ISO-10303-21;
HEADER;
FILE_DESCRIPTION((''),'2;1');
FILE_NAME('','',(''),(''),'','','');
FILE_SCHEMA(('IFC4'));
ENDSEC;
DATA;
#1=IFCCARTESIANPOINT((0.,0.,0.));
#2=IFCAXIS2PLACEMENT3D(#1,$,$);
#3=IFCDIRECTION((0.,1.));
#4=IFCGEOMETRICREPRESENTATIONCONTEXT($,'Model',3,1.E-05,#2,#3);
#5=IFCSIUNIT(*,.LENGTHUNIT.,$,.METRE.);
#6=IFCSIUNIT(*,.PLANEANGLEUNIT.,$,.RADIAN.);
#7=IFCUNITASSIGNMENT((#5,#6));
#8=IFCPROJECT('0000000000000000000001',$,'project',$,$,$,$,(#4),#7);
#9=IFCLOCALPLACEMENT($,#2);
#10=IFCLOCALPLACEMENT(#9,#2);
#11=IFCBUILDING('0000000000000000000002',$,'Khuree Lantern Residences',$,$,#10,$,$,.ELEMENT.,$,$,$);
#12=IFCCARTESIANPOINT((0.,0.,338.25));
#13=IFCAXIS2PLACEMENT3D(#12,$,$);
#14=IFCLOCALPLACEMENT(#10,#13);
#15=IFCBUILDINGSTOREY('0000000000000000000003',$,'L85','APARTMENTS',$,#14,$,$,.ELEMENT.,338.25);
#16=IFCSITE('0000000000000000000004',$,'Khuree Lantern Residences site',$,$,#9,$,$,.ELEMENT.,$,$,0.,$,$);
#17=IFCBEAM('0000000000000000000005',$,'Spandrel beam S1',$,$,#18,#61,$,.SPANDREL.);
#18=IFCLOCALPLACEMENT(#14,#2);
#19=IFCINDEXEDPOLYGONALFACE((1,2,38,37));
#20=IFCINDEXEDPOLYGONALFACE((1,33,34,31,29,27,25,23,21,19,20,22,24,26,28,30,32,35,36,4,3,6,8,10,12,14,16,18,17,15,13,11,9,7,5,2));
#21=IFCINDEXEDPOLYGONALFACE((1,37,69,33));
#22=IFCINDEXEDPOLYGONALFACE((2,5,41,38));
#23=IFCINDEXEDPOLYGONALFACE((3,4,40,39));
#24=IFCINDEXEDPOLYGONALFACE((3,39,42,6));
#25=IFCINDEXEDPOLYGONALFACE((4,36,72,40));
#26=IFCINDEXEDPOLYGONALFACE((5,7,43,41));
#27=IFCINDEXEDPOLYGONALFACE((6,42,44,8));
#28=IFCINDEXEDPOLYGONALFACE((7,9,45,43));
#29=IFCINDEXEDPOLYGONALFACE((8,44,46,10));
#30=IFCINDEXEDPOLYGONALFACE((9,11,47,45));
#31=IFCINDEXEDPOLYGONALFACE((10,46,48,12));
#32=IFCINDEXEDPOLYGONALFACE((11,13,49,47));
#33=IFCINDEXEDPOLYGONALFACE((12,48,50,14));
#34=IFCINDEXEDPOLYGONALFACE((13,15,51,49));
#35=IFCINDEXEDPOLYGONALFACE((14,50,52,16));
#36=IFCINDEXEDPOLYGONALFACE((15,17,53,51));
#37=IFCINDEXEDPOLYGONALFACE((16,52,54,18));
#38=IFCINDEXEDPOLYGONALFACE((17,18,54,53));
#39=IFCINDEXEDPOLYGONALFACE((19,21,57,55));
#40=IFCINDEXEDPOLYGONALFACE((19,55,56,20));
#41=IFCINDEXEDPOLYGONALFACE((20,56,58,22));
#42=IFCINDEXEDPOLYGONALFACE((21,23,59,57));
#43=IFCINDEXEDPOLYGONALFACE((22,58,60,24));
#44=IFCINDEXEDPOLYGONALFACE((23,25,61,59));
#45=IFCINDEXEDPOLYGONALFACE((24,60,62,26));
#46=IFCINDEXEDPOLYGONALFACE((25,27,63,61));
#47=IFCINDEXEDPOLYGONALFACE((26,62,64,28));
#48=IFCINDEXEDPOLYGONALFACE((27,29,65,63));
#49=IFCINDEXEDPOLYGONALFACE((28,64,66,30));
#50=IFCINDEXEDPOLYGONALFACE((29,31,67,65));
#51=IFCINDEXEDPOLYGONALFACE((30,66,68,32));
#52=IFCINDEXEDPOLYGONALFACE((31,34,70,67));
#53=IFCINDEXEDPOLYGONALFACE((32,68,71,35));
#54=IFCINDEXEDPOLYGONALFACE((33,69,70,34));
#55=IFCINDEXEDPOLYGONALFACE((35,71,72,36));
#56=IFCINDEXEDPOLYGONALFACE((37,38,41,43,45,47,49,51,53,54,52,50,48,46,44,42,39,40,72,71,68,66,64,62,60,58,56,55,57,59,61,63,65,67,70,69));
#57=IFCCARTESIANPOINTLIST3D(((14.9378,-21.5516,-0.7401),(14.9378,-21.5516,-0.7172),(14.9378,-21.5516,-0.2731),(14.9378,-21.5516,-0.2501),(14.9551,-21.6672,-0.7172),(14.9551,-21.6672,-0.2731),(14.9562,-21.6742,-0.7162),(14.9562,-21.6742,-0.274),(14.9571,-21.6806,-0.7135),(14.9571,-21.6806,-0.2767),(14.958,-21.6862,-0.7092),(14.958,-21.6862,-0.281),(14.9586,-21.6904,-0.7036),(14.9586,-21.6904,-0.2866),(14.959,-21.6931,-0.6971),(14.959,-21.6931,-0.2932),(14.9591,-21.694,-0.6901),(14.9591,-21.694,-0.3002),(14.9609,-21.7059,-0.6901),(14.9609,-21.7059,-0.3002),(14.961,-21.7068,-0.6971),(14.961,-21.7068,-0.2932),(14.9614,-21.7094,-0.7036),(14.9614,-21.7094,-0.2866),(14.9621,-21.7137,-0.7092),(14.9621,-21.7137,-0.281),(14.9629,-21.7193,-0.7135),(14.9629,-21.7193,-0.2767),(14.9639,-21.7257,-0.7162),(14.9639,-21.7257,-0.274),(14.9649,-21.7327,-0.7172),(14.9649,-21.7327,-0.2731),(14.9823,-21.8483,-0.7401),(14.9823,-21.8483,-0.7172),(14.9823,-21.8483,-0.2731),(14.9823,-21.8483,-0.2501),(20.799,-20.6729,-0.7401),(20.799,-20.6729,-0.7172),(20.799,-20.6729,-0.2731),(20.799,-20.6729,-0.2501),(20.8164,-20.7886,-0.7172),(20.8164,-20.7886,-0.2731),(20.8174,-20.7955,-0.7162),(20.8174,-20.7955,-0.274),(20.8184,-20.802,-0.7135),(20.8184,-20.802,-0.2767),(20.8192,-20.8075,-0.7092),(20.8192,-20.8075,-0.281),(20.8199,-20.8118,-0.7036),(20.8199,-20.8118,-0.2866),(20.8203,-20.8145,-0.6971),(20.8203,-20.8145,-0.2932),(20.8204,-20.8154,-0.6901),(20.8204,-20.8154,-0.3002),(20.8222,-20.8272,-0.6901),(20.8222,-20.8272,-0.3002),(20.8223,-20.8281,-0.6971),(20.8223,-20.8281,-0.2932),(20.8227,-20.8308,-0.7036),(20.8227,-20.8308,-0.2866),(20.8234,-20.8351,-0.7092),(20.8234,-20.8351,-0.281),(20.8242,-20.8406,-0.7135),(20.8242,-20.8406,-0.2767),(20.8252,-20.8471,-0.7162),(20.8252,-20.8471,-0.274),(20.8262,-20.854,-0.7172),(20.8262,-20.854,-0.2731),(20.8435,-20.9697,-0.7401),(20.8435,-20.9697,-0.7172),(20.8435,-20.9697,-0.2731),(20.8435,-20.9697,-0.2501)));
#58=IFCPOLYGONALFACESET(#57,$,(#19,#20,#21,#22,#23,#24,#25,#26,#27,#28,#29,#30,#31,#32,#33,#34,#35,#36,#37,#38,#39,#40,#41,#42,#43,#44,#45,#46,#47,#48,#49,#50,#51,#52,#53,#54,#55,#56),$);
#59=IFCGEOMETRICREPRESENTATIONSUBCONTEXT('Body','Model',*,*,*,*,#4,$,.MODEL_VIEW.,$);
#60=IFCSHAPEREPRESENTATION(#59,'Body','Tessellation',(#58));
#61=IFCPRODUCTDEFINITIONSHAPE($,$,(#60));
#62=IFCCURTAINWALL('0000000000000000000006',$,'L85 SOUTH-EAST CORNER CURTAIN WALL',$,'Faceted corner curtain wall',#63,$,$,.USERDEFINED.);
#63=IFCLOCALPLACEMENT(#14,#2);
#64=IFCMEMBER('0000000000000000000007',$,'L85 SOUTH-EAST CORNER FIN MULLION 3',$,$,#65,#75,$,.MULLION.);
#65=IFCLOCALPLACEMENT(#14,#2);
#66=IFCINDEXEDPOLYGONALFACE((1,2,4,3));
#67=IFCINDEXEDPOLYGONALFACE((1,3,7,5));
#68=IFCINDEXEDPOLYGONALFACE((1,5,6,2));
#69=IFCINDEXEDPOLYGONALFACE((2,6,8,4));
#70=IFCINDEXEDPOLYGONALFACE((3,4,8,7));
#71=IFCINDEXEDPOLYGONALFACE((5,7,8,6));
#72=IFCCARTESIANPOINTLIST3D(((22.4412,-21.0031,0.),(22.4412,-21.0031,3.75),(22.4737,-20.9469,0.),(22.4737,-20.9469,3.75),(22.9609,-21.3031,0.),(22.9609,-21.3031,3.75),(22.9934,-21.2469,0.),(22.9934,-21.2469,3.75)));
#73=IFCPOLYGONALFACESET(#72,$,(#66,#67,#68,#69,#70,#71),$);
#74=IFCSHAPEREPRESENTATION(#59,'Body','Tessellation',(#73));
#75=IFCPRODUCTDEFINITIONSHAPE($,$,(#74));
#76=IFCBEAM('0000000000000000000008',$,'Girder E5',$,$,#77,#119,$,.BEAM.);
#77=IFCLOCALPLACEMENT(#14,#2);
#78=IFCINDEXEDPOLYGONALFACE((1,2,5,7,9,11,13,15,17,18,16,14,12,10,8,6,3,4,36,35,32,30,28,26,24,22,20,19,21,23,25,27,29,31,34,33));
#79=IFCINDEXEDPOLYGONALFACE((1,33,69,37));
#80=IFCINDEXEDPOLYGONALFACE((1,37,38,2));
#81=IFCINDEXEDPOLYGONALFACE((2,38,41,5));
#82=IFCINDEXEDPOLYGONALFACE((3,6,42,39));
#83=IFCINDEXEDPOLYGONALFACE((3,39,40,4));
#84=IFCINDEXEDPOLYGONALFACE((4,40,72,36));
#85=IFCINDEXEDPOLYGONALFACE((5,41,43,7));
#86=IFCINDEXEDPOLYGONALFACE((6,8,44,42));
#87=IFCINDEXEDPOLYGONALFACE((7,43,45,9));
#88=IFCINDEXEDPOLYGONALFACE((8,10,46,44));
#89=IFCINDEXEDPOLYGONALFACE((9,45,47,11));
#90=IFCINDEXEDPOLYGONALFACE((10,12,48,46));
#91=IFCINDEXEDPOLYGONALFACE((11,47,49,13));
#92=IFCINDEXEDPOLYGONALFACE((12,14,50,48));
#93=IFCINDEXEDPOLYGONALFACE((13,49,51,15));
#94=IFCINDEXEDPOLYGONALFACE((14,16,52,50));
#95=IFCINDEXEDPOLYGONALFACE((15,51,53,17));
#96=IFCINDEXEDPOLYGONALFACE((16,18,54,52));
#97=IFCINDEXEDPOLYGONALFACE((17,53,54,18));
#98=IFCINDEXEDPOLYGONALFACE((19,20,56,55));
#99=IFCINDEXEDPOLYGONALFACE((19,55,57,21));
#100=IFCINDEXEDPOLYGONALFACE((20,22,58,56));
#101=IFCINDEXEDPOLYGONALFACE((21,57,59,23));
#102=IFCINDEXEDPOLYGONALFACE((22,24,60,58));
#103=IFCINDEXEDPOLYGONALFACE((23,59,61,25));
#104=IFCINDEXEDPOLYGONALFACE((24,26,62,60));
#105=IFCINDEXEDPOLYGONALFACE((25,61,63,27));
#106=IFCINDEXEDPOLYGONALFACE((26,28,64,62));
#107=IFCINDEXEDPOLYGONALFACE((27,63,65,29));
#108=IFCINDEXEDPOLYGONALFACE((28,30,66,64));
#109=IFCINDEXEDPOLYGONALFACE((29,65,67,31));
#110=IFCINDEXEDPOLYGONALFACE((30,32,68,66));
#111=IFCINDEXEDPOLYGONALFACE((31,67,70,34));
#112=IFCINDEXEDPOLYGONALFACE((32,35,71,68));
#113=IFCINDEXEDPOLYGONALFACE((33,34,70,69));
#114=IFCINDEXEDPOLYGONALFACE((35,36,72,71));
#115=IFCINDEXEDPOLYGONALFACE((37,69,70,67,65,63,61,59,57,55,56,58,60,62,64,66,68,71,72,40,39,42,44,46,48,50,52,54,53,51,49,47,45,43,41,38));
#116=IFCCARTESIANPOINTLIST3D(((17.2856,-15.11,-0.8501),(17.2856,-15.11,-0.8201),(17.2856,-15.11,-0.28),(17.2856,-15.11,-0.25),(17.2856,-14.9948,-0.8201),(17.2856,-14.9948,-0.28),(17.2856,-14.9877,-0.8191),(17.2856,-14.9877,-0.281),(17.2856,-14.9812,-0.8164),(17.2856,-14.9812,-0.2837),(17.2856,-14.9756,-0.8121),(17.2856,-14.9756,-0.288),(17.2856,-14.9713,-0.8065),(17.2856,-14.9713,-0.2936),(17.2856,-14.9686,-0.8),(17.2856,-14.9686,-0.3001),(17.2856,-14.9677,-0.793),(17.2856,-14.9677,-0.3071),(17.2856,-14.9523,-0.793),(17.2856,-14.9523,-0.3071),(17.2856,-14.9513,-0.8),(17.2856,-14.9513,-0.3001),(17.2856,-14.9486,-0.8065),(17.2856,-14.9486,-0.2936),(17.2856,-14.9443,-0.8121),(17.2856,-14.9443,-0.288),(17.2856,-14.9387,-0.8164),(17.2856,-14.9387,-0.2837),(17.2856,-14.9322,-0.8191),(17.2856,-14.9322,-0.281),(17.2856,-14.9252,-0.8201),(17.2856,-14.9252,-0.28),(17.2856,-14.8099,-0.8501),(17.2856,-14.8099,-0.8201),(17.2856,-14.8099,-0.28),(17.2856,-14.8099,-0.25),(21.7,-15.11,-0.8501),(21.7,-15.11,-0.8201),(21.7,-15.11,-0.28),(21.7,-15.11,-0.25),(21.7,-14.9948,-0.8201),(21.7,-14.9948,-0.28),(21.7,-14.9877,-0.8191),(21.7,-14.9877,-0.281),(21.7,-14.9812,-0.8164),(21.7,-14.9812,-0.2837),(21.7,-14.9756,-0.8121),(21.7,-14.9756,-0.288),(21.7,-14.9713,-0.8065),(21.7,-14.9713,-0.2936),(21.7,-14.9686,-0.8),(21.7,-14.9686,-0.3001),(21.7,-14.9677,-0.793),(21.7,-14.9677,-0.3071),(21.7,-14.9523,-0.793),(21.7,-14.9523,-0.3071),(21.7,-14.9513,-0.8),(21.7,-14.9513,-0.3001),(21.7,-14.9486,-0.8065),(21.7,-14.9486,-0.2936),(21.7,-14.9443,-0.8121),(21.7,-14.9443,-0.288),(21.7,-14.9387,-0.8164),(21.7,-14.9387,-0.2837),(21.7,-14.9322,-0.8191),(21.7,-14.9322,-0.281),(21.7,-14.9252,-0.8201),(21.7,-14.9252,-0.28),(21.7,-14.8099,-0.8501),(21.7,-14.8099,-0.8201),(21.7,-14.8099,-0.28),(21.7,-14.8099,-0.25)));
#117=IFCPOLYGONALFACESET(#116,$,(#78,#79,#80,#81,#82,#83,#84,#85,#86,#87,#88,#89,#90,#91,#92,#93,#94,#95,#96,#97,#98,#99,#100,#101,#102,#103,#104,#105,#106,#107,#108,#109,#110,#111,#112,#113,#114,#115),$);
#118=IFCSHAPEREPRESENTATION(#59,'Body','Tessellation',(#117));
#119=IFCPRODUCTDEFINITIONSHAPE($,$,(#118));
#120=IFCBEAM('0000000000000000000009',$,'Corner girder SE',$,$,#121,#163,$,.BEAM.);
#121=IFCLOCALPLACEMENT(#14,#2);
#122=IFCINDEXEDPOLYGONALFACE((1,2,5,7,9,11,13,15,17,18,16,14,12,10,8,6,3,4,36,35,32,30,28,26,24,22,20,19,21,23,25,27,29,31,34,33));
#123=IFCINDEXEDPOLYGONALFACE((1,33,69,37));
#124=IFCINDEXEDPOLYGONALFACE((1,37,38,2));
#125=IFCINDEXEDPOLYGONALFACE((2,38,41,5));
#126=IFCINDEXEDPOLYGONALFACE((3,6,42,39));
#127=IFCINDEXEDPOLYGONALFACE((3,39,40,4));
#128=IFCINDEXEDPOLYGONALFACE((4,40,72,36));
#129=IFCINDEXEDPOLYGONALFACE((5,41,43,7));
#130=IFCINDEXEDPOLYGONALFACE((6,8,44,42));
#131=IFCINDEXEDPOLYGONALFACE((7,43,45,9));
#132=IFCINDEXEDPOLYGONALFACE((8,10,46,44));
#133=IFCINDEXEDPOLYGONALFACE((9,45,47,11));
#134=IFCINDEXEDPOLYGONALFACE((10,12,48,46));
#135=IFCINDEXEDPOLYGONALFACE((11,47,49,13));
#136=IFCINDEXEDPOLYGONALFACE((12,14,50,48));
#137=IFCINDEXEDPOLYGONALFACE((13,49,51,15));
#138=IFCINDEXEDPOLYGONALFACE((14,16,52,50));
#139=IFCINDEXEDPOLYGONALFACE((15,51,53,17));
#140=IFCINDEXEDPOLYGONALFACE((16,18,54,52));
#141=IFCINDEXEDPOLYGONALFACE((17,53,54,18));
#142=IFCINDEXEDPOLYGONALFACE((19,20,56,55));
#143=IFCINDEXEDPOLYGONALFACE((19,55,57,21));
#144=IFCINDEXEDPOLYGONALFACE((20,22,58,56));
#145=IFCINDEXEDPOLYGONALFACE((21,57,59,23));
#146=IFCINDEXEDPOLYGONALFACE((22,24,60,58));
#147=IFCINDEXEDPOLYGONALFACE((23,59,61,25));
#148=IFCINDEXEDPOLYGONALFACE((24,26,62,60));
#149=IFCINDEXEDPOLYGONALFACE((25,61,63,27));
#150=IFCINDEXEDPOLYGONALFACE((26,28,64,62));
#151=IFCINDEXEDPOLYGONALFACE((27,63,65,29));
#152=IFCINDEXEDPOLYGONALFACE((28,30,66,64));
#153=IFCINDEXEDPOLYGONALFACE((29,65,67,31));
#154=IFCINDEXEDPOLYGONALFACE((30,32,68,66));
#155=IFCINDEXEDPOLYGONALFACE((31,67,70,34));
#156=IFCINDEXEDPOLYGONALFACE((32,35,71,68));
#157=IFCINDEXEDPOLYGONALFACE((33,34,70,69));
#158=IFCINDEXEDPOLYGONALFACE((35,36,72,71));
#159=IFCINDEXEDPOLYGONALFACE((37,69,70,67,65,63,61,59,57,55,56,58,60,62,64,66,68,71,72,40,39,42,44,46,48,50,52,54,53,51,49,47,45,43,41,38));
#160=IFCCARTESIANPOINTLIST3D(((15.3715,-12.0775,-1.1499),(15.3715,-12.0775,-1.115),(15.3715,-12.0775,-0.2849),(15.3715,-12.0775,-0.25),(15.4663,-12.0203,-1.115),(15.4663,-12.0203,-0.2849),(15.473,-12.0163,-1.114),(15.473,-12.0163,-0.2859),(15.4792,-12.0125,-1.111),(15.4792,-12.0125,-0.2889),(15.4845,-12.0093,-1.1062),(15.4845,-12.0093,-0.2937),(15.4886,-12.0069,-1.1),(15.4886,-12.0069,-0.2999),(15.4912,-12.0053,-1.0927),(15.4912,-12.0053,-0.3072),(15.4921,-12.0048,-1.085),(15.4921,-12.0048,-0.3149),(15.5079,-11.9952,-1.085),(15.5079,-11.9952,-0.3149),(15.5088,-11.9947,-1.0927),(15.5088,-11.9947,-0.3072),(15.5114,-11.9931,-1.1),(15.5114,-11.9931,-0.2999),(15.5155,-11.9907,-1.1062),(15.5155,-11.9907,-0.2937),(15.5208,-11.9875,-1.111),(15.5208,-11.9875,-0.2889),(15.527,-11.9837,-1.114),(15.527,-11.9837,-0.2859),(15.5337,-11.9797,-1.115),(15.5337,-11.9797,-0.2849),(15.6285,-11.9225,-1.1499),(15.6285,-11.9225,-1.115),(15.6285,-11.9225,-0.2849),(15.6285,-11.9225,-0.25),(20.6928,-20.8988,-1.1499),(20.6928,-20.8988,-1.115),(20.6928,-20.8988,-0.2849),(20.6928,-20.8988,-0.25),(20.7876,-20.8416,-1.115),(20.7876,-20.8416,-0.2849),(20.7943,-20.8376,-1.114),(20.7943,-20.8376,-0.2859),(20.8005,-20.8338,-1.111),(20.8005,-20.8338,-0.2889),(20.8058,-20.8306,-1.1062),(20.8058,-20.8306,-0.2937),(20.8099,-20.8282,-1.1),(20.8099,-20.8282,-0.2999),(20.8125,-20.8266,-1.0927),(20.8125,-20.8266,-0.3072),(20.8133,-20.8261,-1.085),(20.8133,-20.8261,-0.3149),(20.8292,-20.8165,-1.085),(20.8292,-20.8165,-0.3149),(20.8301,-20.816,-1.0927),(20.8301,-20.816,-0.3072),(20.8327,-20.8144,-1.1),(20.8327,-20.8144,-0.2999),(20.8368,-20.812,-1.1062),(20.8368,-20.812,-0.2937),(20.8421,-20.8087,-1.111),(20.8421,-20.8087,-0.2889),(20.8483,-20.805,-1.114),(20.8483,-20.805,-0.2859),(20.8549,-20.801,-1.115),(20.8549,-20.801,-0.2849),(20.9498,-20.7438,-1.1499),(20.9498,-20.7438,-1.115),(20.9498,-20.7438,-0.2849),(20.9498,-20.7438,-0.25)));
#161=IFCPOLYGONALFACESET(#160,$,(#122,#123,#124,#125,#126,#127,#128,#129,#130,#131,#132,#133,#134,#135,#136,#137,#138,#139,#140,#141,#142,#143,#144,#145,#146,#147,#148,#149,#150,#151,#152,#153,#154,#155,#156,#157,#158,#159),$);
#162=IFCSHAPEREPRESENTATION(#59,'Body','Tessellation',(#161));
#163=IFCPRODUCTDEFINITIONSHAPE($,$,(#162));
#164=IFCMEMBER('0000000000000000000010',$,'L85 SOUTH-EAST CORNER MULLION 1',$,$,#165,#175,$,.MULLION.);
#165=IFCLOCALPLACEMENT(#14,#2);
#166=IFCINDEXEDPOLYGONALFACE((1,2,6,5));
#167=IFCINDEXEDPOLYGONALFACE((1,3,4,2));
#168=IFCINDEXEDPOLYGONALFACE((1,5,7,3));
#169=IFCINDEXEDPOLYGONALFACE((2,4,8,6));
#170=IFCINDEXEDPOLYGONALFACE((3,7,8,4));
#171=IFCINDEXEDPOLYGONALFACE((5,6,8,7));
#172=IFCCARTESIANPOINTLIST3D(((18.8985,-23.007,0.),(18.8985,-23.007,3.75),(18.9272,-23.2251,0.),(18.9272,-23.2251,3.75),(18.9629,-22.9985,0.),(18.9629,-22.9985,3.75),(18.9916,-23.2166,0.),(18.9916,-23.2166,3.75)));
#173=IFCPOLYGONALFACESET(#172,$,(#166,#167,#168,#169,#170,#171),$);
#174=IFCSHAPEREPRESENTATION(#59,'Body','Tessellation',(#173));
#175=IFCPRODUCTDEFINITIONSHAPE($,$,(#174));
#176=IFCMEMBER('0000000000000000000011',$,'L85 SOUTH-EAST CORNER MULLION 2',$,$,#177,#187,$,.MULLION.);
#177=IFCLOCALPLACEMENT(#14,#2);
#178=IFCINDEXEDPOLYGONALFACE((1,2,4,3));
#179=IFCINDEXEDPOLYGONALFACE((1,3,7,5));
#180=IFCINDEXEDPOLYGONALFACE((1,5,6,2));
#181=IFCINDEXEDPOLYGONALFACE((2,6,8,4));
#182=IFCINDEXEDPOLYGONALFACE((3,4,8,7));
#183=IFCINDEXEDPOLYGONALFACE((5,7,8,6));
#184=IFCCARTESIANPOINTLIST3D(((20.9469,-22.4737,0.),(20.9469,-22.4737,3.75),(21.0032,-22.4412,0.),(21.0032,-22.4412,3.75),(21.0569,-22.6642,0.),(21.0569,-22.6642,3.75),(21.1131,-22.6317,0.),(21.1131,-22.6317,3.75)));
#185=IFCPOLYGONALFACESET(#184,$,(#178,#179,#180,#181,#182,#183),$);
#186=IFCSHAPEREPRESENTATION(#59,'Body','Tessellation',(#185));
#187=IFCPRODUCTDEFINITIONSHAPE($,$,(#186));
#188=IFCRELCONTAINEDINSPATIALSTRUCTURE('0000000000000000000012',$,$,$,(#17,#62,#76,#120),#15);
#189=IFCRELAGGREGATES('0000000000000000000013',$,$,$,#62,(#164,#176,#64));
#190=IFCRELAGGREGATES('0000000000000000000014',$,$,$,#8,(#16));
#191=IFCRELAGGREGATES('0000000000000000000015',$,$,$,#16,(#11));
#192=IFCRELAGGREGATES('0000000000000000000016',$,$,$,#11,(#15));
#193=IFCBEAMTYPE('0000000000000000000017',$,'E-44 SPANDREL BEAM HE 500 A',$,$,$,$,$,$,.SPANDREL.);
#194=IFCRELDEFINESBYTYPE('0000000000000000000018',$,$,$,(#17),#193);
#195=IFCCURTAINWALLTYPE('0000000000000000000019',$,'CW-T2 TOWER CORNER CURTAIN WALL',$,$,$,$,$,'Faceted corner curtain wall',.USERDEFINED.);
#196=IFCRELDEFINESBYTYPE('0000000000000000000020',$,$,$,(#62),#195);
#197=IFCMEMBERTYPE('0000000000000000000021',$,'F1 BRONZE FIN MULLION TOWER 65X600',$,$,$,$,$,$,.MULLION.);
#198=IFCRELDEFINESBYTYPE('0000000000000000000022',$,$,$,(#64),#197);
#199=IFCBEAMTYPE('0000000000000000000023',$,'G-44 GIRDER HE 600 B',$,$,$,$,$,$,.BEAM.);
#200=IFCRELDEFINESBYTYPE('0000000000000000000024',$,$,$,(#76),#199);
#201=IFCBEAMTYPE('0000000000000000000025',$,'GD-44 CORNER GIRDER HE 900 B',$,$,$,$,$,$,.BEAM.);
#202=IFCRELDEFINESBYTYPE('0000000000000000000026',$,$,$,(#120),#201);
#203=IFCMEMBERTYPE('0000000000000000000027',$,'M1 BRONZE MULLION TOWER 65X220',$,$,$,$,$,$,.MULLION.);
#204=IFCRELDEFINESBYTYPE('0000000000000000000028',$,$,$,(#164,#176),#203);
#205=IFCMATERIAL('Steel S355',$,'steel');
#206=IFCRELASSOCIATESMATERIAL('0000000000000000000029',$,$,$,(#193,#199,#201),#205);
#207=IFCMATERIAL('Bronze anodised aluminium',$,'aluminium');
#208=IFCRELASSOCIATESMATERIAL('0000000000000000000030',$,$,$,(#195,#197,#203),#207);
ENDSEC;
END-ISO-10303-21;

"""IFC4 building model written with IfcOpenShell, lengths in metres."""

from ifc_helpers import new_model, si_unit, direction, frame, origin, origin_2d, place, context, subcontext, project, spatial, rectangle, i_section, extrude, material, material_profile, profile_set, type_object, element, aggregate, save


model = new_model("IFC4")

# Units and contexts
model_context = context("Model", 3, precision=1e-05, world=origin(), true_north=direction((0.0, 1.0)))
body_context = subcontext(model_context, "Body", "Model", "MODEL_VIEW")
ifc_project = project(units=[si_unit("LENGTHUNIT", "METRE"), si_unit("PLANEANGLEUNIT", "RADIAN")], contexts=[model_context])

# Site, building, storey
site_placement = place(None, origin())
site = spatial("IfcSite", under=ifc_project, at=site_placement, Name="Khuree Lantern Residences site", CompositionType="ELEMENT", RefElevation=0.0)
building_placement = place(site_placement, origin())
building = spatial("IfcBuilding", under=site, at=building_placement, Name="Khuree Lantern Residences", CompositionType="ELEMENT")
storey_placement = place(building_placement, frame((0.0, 0.0, 338.25)))
storey = spatial("IfcBuildingStorey", under=building, at=storey_placement, Name="L85", Description="APARTMENTS", CompositionType="ELEMENT", Elevation=338.25)

# Beam
ifc_material_1 = material(Name="Steel S355", Category="steel")
ifc_material_profile_1 = material_profile(ifc_material_1, i_section(OverallWidth=0.3, OverallDepth=0.49, WebThickness=0.012, FlangeThickness=0.0229, FilletRadius=0.0271, at=origin_2d()), Name="HE 500 A")
ifc_profile_set_1 = profile_set([ifc_material_profile_1], Name="Steel S355")
beam_type_1 = type_object("IfcBeamType", Name="E-44 SPANDREL BEAM HE 500 A", PredefinedType="SPANDREL", material=ifc_profile_set_1)
for number, where, z_axis, x_axis, name in (
    (1, (20.8213, -20.8213, -0.4951), (-0.98895, -0.148252, 0.0), (0.148252, -0.98895, 0.0), "Spandrel beam S1"),
):
    element("IfcBeam", number, at=place(storey_placement, frame(where, z_axis=z_axis, x_axis=x_axis)), inside=storey, type_object=beam_type_1, Name=name, PredefinedType="SPANDREL", context=body_context, shape_type="SweptSolid", body=[
        extrude(i_section(OverallWidth=0.3, OverallDepth=0.49, WebThickness=0.012, FlangeThickness=0.0229, FilletRadius=0.0271, at=origin_2d()), origin(), (0.0, 0.0, 1.0), 5.9268),
    ])

# Curtain wall, member
ifc_material_2 = material(Name="Bronze anodised aluminium", Category="aluminium")
curtain_wall_type_1 = type_object("IfcCurtainWallType", Name="CW-T2 TOWER CORNER CURTAIN WALL", ElementType="Faceted corner curtain wall", PredefinedType="USERDEFINED", material=ifc_material_2)
curtain_wall_1_placement = place(storey_placement, origin())
curtain_wall_1 = element("IfcCurtainWall", 2, at=curtain_wall_1_placement, inside=storey, type_object=curtain_wall_type_1, Name="L85 SOUTH-EAST CORNER CURTAIN WALL", ObjectType="Faceted corner curtain wall", PredefinedType="USERDEFINED")
ifc_material_profile_2 = material_profile(ifc_material_2, rectangle(XDim=0.0649, YDim=0.6001, at=origin_2d()), Name="F1 65X600")
ifc_profile_set_2 = profile_set([ifc_material_profile_2], Name="Bronze anodised aluminium")
member_type_1 = type_object("IfcMemberType", Name="F1 BRONZE FIN MULLION TOWER 65X600", PredefinedType="MULLION", material=ifc_profile_set_2)
member_1_placement = place(storey_placement, frame((22.7173, -21.125, 0.0), z_axis=(0.0, 0.0, 1.0), x_axis=(0.5, 0.866025, 0.0)))
member_1 = element("IfcMember", 3, at=member_1_placement, type_object=member_type_1, Name="L85 SOUTH-EAST CORNER FIN MULLION 3", PredefinedType="MULLION", context=body_context, shape_type="SweptSolid", body=[
    extrude(rectangle(XDim=0.0649, YDim=0.6001, at=origin_2d()), origin(), (0.0, 0.0, 1.0), 3.75),
])

# Beams
ifc_material_profile_3 = material_profile(ifc_material_1, i_section(OverallWidth=0.3, OverallDepth=0.6001, WebThickness=0.0154, FlangeThickness=0.03, FilletRadius=0.0271, at=origin_2d()), Name="HE 600 B")
ifc_profile_set_3 = profile_set([ifc_material_profile_3], Name="Steel S355")
beam_type_2 = type_object("IfcBeamType", Name="G-44 GIRDER HE 600 B", PredefinedType="BEAM", material=ifc_profile_set_3)
beam_1_placement = place(storey_placement, frame((21.7, -14.96, -0.55), z_axis=(-1.0, 0.0, 0.0), x_axis=(0.0, -1.0, 0.0)))
element("IfcBeam", 4, at=beam_1_placement, inside=storey, type_object=beam_type_2, Name="Girder E5", PredefinedType="BEAM", context=body_context, shape_type="SweptSolid", body=[
    extrude(i_section(OverallWidth=0.3, OverallDepth=0.6001, WebThickness=0.0154, FlangeThickness=0.03, FilletRadius=0.0271, at=origin_2d()), origin(), (0.0, 0.0, 1.0), 4.4143),
])
ifc_material_profile_4 = material_profile(ifc_material_1, i_section(OverallWidth=0.3, OverallDepth=0.8999, WebThickness=0.0186, FlangeThickness=0.0349, FilletRadius=0.03, at=origin_2d()), Name="HE 900 B")
ifc_profile_set_4 = profile_set([ifc_material_profile_4], Name="Steel S355")
beam_type_3 = type_object("IfcBeamType", Name="GD-44 CORNER GIRDER HE 900 B", PredefinedType="BEAM", material=ifc_profile_set_4)
beam_2_placement = place(storey_placement, frame((20.8213, -20.8213, -0.7), z_axis=(-0.51653, 0.856269, 0.0), x_axis=(-0.856269, -0.51653, 0.0)))
element("IfcBeam", 5, at=beam_2_placement, inside=storey, type_object=beam_type_3, Name="Corner girder SE", PredefinedType="BEAM", context=body_context, shape_type="SweptSolid", body=[
    extrude(i_section(OverallWidth=0.3, OverallDepth=0.8999, WebThickness=0.0186, FlangeThickness=0.0349, FilletRadius=0.03, at=origin_2d()), origin(), (0.0, 0.0, 1.0), 10.302),
])

# Members
ifc_material_profile_5 = material_profile(ifc_material_2, rectangle(XDim=0.0649, YDim=0.22, at=origin_2d()), Name="M1 65X220")
ifc_profile_set_5 = profile_set([ifc_material_profile_5], Name="Bronze anodised aluminium")
member_type_2 = type_object("IfcMemberType", Name="M1 BRONZE MULLION TOWER 65X220", PredefinedType="MULLION", material=ifc_profile_set_5)
member_2_placement = place(storey_placement, frame((18.9451, -23.1118, 0.0), z_axis=(0.0, 0.0, 1.0), x_axis=(0.991445, 0.130526, 0.0)))
member_2 = element("IfcMember", 6, at=member_2_placement, type_object=member_type_2, Name="L85 SOUTH-EAST CORNER MULLION 1", PredefinedType="MULLION", context=body_context, shape_type="SweptSolid", body=[
    extrude(rectangle(XDim=0.0649, YDim=0.22, at=origin_2d()), origin(), (0.0, 0.0, 1.0), 3.75),
])
member_3_placement = place(storey_placement, frame((21.03, -22.5527, 0.0), z_axis=(0.0, 0.0, 1.0), x_axis=(0.866025, 0.5, 0.0)))
member_3 = element("IfcMember", 7, at=member_3_placement, type_object=member_type_2, Name="L85 SOUTH-EAST CORNER MULLION 2", PredefinedType="MULLION", context=body_context, shape_type="SweptSolid", body=[
    extrude(rectangle(XDim=0.0649, YDim=0.22, at=origin_2d()), origin(), (0.0, 0.0, 1.0), 3.75),
])

aggregate(curtain_wall_1, [member_2, member_3, member_1])

save(model, "model.ifc")
